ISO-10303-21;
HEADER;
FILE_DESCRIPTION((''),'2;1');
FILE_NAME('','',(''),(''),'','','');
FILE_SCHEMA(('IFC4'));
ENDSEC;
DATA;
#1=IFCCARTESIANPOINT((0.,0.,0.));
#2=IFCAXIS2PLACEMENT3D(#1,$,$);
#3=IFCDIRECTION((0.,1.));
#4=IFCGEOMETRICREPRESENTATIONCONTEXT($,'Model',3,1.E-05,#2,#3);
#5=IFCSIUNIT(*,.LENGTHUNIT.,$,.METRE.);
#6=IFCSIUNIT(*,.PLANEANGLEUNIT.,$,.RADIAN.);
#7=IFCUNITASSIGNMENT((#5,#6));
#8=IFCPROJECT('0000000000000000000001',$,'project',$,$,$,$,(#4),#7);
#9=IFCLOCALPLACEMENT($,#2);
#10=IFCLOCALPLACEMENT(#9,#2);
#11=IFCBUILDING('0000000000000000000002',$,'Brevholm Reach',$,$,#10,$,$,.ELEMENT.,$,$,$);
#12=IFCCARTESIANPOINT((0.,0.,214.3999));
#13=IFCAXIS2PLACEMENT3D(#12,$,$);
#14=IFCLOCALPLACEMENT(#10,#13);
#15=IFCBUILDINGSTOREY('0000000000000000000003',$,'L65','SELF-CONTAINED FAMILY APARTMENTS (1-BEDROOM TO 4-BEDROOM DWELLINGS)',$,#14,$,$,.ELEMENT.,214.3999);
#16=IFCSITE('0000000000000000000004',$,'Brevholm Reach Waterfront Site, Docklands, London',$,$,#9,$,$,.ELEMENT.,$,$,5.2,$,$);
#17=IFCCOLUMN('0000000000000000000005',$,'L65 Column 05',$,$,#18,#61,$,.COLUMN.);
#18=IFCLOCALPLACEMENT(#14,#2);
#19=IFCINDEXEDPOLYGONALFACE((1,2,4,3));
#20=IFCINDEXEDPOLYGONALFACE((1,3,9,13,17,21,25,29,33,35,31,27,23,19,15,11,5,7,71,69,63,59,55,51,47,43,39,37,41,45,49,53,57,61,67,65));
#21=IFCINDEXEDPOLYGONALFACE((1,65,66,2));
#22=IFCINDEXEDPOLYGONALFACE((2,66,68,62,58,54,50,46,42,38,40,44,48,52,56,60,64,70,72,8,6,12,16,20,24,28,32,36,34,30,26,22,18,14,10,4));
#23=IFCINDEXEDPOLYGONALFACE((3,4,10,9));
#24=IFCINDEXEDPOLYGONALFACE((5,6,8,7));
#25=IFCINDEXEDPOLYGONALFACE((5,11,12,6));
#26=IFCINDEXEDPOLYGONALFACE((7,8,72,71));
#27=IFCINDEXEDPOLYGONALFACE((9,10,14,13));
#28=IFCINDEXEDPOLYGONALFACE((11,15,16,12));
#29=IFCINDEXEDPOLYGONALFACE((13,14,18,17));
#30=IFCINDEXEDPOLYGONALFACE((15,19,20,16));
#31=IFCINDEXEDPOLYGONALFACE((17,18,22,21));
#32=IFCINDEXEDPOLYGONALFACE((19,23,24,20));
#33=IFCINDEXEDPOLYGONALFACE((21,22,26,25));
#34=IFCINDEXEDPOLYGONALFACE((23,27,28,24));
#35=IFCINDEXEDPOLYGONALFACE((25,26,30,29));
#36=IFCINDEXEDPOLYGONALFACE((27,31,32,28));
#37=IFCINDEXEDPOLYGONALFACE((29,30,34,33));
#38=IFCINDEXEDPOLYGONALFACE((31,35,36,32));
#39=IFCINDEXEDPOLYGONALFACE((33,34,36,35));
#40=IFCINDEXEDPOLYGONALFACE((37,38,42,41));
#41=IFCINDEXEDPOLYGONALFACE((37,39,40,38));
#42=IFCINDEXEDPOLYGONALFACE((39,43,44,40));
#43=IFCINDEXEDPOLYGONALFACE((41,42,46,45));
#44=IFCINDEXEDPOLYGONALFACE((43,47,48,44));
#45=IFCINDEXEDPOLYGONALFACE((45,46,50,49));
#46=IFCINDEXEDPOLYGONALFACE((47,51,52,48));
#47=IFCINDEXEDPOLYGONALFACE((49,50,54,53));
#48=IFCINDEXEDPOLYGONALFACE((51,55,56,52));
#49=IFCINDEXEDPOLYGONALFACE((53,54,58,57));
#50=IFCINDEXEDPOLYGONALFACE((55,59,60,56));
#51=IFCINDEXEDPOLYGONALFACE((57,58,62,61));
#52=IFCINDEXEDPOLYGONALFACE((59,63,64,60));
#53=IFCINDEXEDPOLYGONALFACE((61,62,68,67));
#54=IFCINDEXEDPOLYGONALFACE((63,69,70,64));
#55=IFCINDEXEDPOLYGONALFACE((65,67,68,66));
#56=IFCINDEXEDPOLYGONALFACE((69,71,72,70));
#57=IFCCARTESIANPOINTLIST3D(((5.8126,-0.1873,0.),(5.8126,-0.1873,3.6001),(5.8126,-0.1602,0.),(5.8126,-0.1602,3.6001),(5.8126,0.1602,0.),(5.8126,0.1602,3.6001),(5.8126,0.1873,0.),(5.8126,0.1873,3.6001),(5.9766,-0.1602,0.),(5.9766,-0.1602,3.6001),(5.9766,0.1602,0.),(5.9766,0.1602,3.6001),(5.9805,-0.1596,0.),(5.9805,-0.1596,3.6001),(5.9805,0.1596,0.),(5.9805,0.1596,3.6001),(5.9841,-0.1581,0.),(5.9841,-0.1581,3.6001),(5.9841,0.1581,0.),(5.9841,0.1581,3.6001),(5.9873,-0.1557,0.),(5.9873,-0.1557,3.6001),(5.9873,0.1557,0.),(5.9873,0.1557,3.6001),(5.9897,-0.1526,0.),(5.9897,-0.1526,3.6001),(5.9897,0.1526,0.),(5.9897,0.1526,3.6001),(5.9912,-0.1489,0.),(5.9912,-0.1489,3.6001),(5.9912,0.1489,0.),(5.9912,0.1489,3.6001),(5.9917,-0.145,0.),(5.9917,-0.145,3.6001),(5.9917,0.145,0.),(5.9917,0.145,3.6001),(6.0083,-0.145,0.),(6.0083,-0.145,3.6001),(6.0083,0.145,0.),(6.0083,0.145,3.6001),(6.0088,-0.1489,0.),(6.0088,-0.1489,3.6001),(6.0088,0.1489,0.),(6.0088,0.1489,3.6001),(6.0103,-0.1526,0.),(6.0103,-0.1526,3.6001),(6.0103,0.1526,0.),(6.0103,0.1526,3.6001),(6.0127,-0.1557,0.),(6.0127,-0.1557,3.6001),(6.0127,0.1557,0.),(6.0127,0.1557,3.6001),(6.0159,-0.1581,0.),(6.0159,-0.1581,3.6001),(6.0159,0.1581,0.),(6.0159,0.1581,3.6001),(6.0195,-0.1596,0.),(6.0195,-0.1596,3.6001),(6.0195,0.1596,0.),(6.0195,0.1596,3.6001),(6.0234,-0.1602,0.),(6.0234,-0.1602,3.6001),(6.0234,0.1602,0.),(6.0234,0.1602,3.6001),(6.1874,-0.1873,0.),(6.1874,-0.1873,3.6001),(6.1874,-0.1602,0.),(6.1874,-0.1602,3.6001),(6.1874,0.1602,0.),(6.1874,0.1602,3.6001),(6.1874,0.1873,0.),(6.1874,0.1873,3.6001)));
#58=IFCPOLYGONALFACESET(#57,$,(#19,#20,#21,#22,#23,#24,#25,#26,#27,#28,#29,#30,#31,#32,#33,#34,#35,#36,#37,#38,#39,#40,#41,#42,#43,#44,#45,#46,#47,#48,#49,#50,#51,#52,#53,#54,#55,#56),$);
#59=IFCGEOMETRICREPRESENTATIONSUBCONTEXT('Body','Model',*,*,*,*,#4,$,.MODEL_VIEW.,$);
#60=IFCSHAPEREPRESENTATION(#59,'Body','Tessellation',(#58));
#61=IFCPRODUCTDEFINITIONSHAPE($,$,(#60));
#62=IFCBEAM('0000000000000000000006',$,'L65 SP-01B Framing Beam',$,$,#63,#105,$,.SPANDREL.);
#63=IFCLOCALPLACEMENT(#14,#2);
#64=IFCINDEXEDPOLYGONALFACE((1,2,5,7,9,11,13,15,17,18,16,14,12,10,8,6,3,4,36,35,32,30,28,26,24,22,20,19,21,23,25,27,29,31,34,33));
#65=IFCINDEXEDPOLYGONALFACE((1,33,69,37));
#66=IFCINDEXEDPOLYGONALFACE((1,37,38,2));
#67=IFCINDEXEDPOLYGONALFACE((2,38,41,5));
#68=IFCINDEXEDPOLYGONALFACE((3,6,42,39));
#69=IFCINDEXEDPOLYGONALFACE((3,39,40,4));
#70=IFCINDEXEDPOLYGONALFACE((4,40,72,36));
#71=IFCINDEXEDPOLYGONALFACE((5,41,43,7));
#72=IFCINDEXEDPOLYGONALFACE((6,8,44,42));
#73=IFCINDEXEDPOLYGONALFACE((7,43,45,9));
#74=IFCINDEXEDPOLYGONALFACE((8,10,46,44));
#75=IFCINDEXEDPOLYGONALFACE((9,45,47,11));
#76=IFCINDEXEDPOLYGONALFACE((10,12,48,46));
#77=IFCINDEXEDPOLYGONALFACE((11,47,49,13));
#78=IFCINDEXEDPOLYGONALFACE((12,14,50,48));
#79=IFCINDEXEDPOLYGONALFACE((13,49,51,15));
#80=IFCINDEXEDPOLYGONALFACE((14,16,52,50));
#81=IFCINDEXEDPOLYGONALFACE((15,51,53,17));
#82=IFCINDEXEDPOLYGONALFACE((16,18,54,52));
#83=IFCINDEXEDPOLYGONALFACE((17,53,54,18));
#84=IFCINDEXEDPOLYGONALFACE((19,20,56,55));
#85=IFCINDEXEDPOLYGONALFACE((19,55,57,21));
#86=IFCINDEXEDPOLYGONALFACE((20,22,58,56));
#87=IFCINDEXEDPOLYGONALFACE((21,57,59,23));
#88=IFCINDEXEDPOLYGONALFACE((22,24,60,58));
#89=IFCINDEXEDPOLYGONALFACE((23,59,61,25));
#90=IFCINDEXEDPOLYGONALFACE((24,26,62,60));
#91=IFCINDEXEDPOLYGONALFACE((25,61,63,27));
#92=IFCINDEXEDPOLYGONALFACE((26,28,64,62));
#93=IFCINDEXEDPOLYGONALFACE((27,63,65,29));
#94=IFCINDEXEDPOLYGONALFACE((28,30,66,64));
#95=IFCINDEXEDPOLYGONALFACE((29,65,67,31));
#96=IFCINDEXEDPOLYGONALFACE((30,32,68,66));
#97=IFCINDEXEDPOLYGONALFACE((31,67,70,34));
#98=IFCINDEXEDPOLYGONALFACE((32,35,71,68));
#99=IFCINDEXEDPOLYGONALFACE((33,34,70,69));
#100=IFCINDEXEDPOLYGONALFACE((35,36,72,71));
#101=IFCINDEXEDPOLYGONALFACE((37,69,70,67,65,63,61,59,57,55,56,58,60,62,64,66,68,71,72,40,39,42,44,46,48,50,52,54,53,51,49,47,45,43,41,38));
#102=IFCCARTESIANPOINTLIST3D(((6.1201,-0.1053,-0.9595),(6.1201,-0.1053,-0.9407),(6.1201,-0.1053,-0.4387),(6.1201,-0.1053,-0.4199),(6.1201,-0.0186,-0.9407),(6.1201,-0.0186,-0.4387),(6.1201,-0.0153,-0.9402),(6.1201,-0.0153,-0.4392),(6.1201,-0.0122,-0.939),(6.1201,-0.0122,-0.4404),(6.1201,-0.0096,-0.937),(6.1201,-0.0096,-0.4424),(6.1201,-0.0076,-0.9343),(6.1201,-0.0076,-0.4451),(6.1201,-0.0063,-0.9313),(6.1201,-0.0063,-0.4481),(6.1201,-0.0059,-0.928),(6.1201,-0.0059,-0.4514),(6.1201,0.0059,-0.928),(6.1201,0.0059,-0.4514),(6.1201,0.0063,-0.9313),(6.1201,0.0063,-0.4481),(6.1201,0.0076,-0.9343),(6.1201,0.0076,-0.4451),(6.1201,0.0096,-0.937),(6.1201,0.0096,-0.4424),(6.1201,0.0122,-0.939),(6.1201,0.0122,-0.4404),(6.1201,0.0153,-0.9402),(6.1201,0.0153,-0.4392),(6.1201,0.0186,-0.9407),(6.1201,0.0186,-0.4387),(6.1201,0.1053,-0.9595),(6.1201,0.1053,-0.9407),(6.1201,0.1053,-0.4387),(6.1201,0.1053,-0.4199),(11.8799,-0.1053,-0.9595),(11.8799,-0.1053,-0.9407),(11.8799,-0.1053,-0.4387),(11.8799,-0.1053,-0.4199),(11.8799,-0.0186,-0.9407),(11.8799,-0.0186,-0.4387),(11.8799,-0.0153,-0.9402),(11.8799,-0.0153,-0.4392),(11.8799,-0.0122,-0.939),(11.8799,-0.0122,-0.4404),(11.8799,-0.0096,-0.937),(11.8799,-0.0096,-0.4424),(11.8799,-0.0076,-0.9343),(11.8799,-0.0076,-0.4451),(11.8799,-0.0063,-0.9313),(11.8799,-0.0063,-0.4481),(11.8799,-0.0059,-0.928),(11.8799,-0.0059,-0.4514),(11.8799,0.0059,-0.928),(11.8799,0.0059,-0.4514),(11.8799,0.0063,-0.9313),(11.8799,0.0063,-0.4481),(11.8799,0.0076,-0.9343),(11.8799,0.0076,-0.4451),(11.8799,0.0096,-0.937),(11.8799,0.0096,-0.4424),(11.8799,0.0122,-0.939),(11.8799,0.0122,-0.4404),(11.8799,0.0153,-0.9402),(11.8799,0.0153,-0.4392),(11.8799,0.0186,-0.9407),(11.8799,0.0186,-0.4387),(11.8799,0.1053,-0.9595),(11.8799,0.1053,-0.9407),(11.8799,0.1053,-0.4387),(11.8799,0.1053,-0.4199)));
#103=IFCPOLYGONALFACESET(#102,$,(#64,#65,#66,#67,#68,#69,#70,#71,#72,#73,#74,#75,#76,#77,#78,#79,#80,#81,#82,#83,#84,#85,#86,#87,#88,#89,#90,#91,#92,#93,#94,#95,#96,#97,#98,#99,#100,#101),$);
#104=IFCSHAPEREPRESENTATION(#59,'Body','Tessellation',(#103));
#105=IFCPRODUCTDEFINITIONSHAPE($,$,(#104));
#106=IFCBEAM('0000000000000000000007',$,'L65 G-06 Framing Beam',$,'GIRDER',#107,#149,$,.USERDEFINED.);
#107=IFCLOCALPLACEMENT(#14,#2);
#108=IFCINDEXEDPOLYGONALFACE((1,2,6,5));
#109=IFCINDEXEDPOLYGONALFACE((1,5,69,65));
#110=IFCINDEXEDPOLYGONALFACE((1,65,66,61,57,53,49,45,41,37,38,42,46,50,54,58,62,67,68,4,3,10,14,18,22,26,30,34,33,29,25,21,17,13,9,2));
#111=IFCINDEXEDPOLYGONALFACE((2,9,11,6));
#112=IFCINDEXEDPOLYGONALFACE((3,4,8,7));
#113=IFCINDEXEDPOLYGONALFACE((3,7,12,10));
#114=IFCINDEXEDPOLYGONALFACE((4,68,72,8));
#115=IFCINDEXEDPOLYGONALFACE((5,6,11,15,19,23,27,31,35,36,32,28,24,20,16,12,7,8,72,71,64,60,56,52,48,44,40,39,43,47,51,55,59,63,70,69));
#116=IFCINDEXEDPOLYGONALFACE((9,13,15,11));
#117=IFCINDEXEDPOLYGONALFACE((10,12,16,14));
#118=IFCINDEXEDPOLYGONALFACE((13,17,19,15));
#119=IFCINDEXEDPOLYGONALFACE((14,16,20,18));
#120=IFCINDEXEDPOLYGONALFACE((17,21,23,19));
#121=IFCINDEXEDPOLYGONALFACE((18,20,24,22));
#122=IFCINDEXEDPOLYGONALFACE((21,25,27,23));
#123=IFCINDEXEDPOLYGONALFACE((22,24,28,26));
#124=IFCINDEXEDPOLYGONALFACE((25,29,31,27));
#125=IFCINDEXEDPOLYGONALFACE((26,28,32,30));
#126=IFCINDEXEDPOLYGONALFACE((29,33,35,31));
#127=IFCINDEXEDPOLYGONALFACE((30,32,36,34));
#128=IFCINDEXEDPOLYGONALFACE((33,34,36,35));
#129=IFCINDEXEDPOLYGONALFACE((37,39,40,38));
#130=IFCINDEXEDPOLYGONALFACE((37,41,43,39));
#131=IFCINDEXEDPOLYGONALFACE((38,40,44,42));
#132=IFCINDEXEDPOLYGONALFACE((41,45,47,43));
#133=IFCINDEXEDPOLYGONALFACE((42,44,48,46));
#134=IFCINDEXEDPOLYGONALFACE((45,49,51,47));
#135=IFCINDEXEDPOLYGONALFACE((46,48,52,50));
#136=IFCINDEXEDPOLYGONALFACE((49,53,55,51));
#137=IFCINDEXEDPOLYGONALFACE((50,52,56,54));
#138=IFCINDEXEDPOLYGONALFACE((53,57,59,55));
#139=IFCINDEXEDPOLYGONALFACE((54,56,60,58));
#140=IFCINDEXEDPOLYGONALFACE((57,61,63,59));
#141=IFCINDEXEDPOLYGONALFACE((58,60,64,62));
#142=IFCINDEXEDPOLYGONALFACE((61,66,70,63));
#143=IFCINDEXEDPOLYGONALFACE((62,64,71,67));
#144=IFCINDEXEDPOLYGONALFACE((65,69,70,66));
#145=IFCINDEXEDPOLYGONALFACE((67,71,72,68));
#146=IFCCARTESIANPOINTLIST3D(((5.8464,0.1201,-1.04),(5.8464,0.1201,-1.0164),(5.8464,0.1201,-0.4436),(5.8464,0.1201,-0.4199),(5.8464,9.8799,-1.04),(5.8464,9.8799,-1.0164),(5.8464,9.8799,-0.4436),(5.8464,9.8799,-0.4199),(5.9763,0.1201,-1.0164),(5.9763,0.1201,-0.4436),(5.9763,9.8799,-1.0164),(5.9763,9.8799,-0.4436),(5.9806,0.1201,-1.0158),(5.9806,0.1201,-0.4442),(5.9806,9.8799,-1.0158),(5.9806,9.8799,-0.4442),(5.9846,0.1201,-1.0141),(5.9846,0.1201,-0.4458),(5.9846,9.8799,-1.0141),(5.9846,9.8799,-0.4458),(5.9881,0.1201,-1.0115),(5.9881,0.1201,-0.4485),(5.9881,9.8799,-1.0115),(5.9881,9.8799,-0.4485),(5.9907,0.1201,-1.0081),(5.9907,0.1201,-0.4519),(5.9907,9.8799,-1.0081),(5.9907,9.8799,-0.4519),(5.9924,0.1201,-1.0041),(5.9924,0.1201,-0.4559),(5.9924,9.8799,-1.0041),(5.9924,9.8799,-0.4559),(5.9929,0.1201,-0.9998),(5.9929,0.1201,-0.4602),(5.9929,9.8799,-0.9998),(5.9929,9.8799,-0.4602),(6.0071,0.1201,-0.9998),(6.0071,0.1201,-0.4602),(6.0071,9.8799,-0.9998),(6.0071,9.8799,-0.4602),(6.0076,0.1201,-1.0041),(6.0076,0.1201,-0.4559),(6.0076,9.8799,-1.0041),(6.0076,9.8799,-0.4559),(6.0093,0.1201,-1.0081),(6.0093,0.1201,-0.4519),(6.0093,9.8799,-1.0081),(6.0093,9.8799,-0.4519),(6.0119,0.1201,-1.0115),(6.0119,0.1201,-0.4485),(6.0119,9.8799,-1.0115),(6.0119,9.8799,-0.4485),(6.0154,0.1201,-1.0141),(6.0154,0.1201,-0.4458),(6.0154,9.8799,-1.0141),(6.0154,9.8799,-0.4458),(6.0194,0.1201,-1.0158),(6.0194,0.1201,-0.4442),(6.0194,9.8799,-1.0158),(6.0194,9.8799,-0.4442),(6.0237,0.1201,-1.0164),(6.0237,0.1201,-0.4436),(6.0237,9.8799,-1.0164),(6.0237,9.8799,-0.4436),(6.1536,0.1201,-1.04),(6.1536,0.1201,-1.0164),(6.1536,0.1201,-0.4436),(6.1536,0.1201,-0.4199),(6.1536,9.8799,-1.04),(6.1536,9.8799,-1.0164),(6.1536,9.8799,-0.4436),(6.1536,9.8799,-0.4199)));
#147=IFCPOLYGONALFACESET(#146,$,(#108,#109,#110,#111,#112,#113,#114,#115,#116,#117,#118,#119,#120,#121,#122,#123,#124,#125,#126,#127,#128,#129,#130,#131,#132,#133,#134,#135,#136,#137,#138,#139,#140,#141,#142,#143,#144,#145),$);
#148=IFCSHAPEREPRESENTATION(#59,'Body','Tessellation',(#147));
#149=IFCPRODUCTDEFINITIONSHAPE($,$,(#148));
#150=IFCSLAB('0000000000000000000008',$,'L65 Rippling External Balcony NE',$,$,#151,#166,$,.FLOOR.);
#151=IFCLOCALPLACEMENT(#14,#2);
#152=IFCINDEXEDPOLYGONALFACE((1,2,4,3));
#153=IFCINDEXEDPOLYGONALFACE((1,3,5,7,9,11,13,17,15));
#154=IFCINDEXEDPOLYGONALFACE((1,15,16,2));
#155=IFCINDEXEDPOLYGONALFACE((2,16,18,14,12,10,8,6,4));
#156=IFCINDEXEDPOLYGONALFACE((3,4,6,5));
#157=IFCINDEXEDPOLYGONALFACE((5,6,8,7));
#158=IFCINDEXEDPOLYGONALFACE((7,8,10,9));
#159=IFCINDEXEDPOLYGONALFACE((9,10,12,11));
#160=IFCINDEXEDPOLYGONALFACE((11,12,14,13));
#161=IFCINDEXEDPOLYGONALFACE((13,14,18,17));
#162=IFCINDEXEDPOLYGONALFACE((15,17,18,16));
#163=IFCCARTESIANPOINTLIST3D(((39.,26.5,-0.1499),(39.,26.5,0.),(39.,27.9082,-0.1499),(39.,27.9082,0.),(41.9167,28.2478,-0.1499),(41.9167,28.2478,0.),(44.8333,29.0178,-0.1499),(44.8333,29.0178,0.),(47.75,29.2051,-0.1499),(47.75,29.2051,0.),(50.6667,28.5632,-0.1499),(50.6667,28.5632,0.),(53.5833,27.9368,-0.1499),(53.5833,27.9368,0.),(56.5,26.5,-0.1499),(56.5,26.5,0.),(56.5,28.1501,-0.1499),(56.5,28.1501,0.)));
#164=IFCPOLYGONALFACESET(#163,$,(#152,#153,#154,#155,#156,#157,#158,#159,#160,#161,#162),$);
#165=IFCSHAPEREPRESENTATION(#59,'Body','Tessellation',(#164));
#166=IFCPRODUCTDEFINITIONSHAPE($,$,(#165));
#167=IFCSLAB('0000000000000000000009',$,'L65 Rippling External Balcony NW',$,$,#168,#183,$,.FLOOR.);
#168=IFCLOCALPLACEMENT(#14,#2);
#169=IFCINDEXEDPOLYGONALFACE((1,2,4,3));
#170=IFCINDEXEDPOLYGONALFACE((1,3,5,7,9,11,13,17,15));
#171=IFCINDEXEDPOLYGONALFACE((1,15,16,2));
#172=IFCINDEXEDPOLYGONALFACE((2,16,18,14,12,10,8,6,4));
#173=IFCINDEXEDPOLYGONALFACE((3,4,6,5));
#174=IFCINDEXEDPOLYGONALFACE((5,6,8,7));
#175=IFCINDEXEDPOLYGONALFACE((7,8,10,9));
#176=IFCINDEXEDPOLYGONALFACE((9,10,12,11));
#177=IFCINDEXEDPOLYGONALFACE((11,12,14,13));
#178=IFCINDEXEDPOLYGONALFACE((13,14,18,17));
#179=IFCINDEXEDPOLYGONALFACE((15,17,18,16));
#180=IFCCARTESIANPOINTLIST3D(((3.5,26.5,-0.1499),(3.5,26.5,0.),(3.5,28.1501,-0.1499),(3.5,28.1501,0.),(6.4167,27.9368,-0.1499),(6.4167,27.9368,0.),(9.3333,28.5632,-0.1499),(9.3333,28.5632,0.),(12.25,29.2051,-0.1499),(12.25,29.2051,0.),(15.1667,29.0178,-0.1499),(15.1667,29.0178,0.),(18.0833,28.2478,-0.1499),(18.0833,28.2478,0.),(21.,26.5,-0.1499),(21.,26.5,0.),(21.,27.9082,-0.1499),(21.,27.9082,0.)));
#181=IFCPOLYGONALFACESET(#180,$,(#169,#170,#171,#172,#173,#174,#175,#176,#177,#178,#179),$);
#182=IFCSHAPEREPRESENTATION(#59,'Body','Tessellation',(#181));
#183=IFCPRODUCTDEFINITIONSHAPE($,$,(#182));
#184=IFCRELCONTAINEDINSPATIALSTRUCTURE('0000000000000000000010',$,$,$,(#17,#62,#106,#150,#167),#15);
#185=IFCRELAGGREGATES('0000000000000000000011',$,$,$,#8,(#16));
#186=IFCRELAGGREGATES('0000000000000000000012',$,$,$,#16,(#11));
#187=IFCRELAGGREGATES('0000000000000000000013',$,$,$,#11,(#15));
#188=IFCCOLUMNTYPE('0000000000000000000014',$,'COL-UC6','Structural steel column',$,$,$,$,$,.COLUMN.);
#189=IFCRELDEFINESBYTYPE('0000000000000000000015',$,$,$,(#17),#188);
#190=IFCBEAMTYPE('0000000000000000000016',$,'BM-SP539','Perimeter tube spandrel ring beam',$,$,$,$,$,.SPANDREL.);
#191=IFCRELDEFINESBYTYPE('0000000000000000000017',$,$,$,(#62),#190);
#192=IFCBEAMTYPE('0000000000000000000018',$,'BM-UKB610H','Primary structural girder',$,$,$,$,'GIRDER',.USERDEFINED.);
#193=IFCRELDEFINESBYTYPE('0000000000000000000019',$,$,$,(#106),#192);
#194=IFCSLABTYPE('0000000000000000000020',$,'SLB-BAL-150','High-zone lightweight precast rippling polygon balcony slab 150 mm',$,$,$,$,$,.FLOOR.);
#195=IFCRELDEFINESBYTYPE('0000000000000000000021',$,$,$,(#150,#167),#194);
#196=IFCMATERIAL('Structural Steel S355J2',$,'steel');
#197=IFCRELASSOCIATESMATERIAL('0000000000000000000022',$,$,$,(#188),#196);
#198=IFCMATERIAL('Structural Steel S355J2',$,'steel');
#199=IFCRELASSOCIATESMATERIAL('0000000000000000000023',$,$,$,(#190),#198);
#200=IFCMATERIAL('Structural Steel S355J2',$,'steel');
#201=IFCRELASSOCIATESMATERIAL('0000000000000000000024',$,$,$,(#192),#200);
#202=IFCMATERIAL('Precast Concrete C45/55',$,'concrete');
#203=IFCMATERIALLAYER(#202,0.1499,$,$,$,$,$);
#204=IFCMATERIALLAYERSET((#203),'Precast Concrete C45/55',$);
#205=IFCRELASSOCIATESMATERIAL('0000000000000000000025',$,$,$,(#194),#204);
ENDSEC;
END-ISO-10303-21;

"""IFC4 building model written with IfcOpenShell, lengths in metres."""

from ifc_helpers import new_model, si_unit, direction, frame, origin, origin_2d, place, context, subcontext, project, spatial, polyline, i_section, outline, extrude, material, layer, layer_set, material_profile, profile_set, type_object, element, save


model = new_model("IFC4")

# Units and contexts
model_context = context("Model", 3, precision=1e-05, world=origin(), true_north=direction((0.0, 1.0)))
body_context = subcontext(model_context, "Body", "Model", "MODEL_VIEW")
ifc_project = project(units=[si_unit("LENGTHUNIT", "METRE"), si_unit("PLANEANGLEUNIT", "RADIAN")], contexts=[model_context])

# Site, building, storey
site_placement = place(None, origin())
site = spatial("IfcSite", under=ifc_project, at=site_placement, Name="Brevholm Reach Waterfront Site, Docklands, London", CompositionType="ELEMENT", RefElevation=5.2)
building_placement = place(site_placement, origin())
building = spatial("IfcBuilding", under=site, at=building_placement, Name="Brevholm Reach", CompositionType="ELEMENT")
storey_placement = place(building_placement, frame((0.0, 0.0, 214.3999)))
storey = spatial("IfcBuildingStorey", under=building, at=storey_placement, Name="L65", Description="SELF-CONTAINED FAMILY APARTMENTS (1-BEDROOM TO 4-BEDROOM DWELLINGS)", CompositionType="ELEMENT", Elevation=214.3999)

# Column
ifc_material_1 = material(Name="Structural Steel S355J2", Category="steel")
ifc_material_profile_1 = material_profile(ifc_material_1, i_section(OverallWidth=0.3748, OverallDepth=0.3745, WebThickness=0.0166, FlangeThickness=0.0271, FilletRadius=0.0151, at=origin_2d()), Name="UKC 356x368x202")
ifc_profile_set_1 = profile_set([ifc_material_profile_1], Name="Structural Steel S355J2")
column_type = type_object("IfcColumnType", Name="COL-UC6", Description="Structural steel column", PredefinedType="COLUMN", material=ifc_profile_set_1)
column_placement = place(storey_placement, frame((6.0, 0.0, 0.0), z_axis=(0.0, 0.0, 1.0), x_axis=(1.0, 0.0, 0.0)))
element("IfcColumn", 1, at=column_placement, inside=storey, type_object=column_type, Name="L65 Column 05", PredefinedType="COLUMN", context=body_context, shape_type="SweptSolid", body=[
    extrude(i_section(OverallWidth=0.3748, OverallDepth=0.3745, WebThickness=0.0166, FlangeThickness=0.0271, FilletRadius=0.0151, at=origin_2d()), origin(), (0.0, 0.0, 1.0), 3.6001),
])

# Beams
ifc_material_2 = material(Name="Structural Steel S355J2", Category="steel")
ifc_material_profile_2 = material_profile(ifc_material_2, i_section(OverallWidth=0.2107, OverallDepth=0.5396, WebThickness=0.0117, FlangeThickness=0.0188, FilletRadius=0.0127, at=origin_2d()), Name="UKB 533x210x109")
ifc_profile_set_2 = profile_set([ifc_material_profile_2], Name="Structural Steel S355J2")
beam_type_1 = type_object("IfcBeamType", Name="BM-SP539", Description="Perimeter tube spandrel ring beam", PredefinedType="SPANDREL", material=ifc_profile_set_2)
beam_1_placement = place(storey_placement, frame((6.1201, 0.0, -0.6897), z_axis=(1.0, 0.0, 0.0), x_axis=(0.0, 1.0, 0.0)))
element("IfcBeam", 2, at=beam_1_placement, inside=storey, type_object=beam_type_1, Name="L65 SP-01B Framing Beam", PredefinedType="SPANDREL", context=body_context, shape_type="SweptSolid", body=[
    extrude(i_section(OverallWidth=0.2107, OverallDepth=0.5396, WebThickness=0.0117, FlangeThickness=0.0188, FilletRadius=0.0127, at=origin_2d()), origin(), (0.0, 0.0, 1.0), 5.7598),
])
ifc_material_3 = material(Name="Structural Steel S355J2", Category="steel")
ifc_material_profile_3 = material_profile(ifc_material_3, i_section(OverallWidth=0.3071, OverallDepth=0.6201, WebThickness=0.0142, FlangeThickness=0.0237, FilletRadius=0.0166, at=origin_2d()), Name="UKB 610x305x179")
ifc_profile_set_3 = profile_set([ifc_material_profile_3], Name="Structural Steel S355J2")
beam_type_2 = type_object("IfcBeamType", Name="BM-UKB610H", Description="Primary structural girder", ElementType="GIRDER", PredefinedType="USERDEFINED", material=ifc_profile_set_3)
beam_2_placement = place(storey_placement, frame((6.0, 0.1201, -0.73), z_axis=(0.0, 1.0, 0.0), x_axis=(-1.0, 0.0, 0.0)))
element("IfcBeam", 3, at=beam_2_placement, inside=storey, type_object=beam_type_2, Name="L65 G-06 Framing Beam", ObjectType="GIRDER", PredefinedType="USERDEFINED", context=body_context, shape_type="SweptSolid", body=[
    extrude(i_section(OverallWidth=0.3071, OverallDepth=0.6201, WebThickness=0.0142, FlangeThickness=0.0237, FilletRadius=0.0166, at=origin_2d()), origin(), (0.0, 0.0, 1.0), 9.7598),
])

# Slabs
ifc_material_4 = material(Name="Precast Concrete C45/55", Category="concrete")
ifc_layer_1 = layer(ifc_material_4, 0.1499)
ifc_layer_set_1 = layer_set([ifc_layer_1], Name="Precast Concrete C45/55")
slab_type_1 = type_object("IfcSlabType", Name="SLB-BAL-150", Description="High-zone lightweight precast rippling polygon balcony slab 150 mm", PredefinedType="FLOOR", material=ifc_layer_set_1)
slab_1_placement = place(storey_placement, frame((0.0, 0.0, -0.1499)))
element("IfcSlab", 4, at=slab_1_placement, inside=storey, type_object=slab_type_1, Name="L65 Rippling External Balcony NE", PredefinedType="FLOOR", context=body_context, shape_type="SweptSolid", body=[
    extrude(outline(polyline([(39.0, 26.5), (56.5, 26.5), (56.5, 28.1501), (53.5833, 27.9368), (50.6667, 28.5632), (47.75, 29.2051), (44.8333, 29.0178), (41.9167, 28.2478), (39.0, 27.9082), (39.0, 26.5)])), origin(), (0.0, 0.0, 1.0), 0.1499),
])
slab_2_placement = place(storey_placement, frame((0.0, 0.0, -0.1499)))
element("IfcSlab", 5, at=slab_2_placement, inside=storey, type_object=slab_type_1, Name="L65 Rippling External Balcony NW", PredefinedType="FLOOR", context=body_context, shape_type="SweptSolid", body=[
    extrude(outline(polyline([(3.5, 26.5), (21.0, 26.5), (21.0, 27.9082), (18.0833, 28.2478), (15.1667, 29.0178), (12.25, 29.2051), (9.3333, 28.5632), (6.4167, 27.9368), (3.5, 28.1501), (3.5, 26.5)])), origin(), (0.0, 0.0, 1.0), 0.1499),
])

save(model, "model.ifc")
